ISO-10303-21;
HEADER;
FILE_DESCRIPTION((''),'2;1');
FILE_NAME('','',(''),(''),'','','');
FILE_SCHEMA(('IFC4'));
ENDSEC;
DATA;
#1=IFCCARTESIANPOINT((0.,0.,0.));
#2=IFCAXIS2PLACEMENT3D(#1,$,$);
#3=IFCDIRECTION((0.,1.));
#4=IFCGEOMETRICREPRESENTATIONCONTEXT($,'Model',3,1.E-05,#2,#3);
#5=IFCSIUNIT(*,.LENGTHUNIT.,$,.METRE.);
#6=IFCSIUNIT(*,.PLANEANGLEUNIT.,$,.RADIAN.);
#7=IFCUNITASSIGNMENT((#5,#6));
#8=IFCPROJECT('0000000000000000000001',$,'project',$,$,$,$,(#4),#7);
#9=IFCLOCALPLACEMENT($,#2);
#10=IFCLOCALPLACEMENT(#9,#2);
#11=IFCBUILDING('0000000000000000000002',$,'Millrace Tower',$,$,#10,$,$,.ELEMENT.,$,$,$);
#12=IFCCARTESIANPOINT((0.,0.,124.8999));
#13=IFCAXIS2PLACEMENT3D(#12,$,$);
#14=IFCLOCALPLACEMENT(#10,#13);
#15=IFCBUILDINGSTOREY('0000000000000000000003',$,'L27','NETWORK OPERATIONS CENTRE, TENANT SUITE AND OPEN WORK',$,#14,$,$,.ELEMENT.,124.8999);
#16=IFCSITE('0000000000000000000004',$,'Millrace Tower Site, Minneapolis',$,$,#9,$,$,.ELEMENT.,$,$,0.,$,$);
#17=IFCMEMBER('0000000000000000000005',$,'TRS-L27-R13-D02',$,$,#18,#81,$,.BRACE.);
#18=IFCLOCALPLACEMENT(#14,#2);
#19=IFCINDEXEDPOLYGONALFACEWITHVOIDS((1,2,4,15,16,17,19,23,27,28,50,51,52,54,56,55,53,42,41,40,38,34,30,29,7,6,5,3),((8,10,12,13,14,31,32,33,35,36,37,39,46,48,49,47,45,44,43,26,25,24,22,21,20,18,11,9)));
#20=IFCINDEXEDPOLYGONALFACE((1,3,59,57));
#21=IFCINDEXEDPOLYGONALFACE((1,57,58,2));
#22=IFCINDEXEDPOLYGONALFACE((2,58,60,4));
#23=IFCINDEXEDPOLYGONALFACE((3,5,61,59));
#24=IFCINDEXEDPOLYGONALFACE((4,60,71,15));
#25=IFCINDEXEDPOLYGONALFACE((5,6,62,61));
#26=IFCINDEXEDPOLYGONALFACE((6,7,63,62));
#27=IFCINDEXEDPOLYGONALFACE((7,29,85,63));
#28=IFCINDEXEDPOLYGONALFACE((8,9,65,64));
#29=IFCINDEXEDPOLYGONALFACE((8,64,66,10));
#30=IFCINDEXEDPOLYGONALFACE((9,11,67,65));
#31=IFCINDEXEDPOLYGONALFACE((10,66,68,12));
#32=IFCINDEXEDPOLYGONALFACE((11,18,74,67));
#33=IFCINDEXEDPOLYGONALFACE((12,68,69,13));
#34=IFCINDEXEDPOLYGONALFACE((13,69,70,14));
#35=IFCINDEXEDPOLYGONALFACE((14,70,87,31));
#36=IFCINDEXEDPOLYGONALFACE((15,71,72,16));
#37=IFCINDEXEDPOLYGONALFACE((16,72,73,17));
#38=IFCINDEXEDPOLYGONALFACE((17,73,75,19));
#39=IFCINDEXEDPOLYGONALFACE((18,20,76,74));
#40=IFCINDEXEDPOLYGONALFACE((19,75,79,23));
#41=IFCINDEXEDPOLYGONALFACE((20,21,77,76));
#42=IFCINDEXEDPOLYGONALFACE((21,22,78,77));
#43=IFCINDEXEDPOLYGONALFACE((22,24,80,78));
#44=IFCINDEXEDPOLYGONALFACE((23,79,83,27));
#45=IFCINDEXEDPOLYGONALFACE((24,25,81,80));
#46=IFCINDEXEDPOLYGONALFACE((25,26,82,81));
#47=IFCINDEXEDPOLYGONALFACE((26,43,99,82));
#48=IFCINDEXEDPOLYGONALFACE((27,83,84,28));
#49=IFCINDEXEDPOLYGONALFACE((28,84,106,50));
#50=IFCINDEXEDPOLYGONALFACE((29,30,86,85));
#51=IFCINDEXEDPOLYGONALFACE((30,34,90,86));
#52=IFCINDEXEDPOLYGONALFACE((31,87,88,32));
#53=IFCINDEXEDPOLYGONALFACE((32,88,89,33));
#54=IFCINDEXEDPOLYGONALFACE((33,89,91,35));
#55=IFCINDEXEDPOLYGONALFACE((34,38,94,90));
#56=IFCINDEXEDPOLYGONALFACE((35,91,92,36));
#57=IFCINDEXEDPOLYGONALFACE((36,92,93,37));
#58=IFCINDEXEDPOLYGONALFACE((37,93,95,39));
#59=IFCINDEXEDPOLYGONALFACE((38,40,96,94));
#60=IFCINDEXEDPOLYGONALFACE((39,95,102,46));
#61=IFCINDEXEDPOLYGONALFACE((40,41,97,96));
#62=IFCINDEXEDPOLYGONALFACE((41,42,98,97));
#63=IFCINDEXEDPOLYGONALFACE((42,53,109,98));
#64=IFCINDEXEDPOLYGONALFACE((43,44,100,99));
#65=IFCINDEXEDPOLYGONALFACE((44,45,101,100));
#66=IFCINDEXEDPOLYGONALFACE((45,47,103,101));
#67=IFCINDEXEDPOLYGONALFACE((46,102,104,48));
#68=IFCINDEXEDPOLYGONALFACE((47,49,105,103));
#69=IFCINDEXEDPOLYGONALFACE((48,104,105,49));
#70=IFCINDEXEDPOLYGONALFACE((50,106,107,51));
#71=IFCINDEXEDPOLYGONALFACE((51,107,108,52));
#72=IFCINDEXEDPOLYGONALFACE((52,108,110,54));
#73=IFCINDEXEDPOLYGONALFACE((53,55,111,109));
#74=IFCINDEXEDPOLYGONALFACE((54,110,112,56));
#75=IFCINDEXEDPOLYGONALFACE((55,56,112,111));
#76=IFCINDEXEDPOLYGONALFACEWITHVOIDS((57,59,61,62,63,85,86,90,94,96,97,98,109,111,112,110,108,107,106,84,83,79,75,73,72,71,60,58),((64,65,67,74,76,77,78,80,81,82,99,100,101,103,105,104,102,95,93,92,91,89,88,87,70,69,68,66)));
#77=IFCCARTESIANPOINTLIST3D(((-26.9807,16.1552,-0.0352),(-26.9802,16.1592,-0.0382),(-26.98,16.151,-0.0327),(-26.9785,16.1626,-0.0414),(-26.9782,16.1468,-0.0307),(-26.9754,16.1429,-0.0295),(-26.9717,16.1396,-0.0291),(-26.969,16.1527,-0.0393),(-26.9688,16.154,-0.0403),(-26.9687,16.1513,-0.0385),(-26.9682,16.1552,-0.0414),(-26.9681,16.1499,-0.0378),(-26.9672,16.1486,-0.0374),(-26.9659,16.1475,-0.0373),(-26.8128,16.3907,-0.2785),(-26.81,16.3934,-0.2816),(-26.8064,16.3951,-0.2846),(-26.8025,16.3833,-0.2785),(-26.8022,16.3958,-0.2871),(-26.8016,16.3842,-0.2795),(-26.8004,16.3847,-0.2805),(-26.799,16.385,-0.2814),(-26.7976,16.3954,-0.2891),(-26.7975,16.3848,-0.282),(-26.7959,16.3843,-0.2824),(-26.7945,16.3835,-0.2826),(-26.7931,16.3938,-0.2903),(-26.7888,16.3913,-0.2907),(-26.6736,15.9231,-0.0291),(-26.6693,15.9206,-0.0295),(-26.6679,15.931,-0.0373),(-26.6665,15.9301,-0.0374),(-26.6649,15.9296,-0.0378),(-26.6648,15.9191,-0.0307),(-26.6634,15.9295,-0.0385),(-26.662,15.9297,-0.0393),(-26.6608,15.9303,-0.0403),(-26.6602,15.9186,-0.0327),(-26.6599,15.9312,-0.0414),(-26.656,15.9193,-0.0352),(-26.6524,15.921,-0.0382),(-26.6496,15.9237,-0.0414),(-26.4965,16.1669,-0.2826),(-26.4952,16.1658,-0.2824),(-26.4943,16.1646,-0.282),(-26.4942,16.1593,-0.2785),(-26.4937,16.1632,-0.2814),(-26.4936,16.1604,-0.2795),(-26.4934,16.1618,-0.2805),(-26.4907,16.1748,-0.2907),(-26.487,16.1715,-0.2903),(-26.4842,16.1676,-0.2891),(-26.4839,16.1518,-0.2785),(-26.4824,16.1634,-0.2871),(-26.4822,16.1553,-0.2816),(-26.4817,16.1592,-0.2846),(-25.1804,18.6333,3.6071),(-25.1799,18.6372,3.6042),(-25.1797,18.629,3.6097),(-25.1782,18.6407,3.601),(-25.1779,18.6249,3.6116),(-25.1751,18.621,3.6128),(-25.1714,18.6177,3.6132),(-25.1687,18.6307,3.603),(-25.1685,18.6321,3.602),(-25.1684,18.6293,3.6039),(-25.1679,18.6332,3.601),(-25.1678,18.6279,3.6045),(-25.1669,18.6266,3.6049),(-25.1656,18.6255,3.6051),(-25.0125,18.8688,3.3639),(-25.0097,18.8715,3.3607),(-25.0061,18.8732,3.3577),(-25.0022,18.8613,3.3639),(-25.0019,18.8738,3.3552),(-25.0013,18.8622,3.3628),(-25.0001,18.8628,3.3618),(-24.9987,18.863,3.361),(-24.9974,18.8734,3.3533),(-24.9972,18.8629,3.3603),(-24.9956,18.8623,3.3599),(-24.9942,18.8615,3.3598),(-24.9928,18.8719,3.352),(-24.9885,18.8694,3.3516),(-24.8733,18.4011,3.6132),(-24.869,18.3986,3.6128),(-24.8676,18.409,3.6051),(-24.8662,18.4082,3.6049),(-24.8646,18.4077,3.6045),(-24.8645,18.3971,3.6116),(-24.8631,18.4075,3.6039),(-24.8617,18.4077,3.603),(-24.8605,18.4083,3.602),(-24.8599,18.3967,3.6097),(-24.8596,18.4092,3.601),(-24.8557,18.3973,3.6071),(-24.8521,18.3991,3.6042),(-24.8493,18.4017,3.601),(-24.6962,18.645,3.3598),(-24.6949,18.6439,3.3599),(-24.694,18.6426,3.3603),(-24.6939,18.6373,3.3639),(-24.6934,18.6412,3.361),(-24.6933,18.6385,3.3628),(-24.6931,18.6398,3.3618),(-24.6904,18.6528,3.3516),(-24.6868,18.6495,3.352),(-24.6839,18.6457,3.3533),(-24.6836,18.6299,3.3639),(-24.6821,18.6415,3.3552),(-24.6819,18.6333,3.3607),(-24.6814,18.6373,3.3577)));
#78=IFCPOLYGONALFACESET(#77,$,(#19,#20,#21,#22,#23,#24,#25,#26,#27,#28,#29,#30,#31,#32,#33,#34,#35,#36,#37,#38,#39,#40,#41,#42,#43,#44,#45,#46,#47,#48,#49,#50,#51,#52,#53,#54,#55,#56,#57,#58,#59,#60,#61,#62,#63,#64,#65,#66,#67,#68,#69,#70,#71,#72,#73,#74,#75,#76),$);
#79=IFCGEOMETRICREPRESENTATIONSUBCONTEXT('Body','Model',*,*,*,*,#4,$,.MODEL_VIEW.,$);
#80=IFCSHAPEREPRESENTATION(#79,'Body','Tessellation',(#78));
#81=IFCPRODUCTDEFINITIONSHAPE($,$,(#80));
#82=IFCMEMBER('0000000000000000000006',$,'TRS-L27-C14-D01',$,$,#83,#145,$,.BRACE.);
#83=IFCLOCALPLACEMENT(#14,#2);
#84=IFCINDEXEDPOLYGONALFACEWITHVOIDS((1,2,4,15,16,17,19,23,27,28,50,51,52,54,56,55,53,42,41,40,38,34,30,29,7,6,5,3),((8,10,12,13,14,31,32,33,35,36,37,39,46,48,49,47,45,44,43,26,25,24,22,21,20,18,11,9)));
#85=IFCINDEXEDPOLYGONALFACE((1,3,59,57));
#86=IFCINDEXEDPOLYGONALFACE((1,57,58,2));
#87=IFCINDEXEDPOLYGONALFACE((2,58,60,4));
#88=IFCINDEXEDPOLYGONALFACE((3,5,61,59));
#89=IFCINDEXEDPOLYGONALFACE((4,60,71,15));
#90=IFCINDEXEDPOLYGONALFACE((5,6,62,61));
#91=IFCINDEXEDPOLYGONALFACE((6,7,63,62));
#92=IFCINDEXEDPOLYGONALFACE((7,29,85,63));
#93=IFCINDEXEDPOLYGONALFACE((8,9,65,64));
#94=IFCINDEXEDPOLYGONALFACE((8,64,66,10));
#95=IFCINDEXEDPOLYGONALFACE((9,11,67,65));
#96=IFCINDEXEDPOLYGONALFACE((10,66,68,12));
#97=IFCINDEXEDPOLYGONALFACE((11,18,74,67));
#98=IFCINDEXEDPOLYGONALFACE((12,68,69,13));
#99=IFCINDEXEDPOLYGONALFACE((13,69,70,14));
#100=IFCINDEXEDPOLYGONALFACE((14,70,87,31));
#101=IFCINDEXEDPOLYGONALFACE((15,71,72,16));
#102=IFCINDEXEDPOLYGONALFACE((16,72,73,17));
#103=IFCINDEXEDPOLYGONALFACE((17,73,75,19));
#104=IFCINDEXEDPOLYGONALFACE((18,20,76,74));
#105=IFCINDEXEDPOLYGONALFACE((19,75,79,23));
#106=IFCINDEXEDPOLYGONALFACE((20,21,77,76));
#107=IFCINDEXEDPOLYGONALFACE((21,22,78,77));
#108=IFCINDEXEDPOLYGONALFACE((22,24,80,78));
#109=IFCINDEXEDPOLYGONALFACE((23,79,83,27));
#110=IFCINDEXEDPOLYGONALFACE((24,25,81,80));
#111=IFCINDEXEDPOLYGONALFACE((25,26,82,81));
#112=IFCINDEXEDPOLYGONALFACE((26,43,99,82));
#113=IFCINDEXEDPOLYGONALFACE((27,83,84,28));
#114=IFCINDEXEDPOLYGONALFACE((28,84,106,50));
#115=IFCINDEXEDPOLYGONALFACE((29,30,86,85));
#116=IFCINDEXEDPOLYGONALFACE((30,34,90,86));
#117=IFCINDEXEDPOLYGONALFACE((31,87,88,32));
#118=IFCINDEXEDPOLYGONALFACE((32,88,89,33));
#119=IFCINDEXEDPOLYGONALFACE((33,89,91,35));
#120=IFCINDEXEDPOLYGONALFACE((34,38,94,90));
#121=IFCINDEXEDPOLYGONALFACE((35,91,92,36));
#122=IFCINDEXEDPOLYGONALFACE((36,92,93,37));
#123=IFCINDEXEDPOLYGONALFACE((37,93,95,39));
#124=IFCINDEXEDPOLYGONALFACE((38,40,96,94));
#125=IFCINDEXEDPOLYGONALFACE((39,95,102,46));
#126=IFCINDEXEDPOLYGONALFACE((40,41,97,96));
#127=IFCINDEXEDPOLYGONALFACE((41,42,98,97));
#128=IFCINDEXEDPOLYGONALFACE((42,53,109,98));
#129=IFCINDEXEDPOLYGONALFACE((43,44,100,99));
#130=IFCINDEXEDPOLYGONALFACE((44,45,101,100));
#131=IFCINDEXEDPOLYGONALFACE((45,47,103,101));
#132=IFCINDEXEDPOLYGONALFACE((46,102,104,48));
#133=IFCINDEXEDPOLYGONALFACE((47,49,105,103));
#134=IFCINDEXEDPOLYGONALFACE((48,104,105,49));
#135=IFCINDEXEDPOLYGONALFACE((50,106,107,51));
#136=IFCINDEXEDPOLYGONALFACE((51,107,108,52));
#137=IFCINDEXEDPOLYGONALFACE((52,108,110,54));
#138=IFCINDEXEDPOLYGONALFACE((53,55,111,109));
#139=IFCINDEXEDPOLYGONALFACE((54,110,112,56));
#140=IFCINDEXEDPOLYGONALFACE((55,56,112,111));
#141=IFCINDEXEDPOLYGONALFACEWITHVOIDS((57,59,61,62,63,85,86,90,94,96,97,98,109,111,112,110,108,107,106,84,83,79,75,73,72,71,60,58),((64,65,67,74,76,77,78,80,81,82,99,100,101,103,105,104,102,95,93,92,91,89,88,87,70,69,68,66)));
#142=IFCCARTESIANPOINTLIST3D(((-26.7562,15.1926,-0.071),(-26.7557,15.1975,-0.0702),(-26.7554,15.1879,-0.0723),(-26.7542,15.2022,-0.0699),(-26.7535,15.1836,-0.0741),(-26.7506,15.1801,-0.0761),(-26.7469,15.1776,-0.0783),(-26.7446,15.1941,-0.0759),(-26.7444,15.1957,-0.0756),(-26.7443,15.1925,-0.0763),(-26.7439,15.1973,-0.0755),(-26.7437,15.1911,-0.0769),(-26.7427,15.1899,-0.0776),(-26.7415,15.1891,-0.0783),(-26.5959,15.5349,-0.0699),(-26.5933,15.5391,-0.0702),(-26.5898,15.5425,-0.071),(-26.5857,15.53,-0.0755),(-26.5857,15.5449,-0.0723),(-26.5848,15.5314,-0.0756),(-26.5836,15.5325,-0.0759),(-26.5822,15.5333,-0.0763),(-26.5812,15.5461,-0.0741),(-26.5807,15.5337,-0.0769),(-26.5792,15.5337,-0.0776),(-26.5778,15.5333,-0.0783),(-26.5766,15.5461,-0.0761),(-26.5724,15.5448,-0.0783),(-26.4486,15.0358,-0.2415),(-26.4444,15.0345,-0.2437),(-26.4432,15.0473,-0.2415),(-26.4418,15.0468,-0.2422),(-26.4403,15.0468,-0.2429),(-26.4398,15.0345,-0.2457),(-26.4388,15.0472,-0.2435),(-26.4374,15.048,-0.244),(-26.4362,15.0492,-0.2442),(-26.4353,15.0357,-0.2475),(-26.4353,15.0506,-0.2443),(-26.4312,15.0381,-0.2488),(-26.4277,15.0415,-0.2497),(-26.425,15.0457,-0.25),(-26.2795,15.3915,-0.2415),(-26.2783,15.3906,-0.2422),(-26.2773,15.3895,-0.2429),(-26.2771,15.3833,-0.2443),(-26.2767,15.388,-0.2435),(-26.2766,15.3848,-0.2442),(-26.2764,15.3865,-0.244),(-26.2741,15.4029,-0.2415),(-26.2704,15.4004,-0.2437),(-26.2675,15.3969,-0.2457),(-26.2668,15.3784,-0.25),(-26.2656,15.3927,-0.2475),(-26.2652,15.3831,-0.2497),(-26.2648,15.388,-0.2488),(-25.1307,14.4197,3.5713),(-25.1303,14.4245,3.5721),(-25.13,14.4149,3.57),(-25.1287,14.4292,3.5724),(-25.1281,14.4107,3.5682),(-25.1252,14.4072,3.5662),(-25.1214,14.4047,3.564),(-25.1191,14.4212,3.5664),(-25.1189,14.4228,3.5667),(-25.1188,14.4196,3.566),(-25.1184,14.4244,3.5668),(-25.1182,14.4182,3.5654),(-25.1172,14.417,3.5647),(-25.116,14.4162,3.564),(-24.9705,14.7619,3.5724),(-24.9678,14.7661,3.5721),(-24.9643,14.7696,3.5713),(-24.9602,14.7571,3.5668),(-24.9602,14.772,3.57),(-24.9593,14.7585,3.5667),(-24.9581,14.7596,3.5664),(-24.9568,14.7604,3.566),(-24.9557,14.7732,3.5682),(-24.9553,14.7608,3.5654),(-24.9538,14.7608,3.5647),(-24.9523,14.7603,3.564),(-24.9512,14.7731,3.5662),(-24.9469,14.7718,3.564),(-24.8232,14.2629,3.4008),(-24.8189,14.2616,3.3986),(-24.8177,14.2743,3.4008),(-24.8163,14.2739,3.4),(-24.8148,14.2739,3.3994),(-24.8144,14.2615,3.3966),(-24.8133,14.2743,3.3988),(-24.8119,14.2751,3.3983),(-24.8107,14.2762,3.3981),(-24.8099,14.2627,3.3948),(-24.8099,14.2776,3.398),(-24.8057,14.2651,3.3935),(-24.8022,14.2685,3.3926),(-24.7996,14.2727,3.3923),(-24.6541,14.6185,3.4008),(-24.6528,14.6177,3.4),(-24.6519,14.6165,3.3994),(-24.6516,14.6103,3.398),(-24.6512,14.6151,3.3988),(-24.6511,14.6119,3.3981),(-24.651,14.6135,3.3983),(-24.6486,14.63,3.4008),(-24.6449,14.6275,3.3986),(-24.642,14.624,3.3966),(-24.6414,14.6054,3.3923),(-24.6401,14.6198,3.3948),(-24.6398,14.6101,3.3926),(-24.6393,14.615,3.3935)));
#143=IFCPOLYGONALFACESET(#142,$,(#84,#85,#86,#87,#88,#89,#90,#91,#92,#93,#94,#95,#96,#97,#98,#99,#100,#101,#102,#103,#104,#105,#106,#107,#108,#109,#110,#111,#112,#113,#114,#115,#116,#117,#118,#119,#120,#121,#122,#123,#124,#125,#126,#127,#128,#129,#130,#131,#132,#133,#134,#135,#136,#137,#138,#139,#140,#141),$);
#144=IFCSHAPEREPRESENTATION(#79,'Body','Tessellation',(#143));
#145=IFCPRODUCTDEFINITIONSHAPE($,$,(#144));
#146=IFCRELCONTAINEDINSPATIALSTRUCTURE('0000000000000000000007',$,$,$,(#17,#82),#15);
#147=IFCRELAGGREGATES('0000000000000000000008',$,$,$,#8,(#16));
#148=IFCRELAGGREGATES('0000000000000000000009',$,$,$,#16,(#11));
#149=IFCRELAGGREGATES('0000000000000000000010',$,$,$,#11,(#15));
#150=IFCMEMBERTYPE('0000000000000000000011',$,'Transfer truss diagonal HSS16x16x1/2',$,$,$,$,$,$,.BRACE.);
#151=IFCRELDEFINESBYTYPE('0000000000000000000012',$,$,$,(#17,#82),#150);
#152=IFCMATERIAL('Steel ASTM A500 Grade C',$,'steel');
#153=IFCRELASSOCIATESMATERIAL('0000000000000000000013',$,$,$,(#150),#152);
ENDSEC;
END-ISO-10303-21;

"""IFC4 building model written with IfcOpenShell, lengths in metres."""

from ifc_helpers import new_model, si_unit, direction, frame, origin, origin_2d, place, context, subcontext, project, spatial, hollow_rectangle, extrude, material, material_profile, profile_set, type_object, element, save


model = new_model("IFC4")

# Units and contexts
model_context = context("Model", 3, precision=1e-05, world=origin(), true_north=direction((0.0, 1.0)))
body_context = subcontext(model_context, "Body", "Model", "MODEL_VIEW")
ifc_project = project(units=[si_unit("LENGTHUNIT", "METRE"), si_unit("PLANEANGLEUNIT", "RADIAN")], contexts=[model_context])

# Site, building, storey
site_placement = place(None, origin())
site = spatial("IfcSite", under=ifc_project, at=site_placement, Name="Millrace Tower Site, Minneapolis", CompositionType="ELEMENT", RefElevation=0.0)
building_placement = place(site_placement, origin())
building = spatial("IfcBuilding", under=site, at=building_placement, Name="Millrace Tower", CompositionType="ELEMENT")
storey_placement = place(building_placement, frame((0.0, 0.0, 124.8999)))
storey = spatial("IfcBuildingStorey", under=building, at=storey_placement, Name="L27", Description="NETWORK OPERATIONS CENTRE, TENANT SUITE AND OPEN WORK", CompositionType="ELEMENT", Elevation=124.8999)

# Members
ifc_material_1 = material(Name="Steel ASTM A500 Grade C", Category="steel")
ifc_material_profile_1 = material_profile(ifc_material_1, hollow_rectangle(XDim=0.4065, YDim=0.4065, WallThickness=0.0127, InnerFilletRadius=0.0063, OuterFilletRadius=0.019, at=origin_2d()))
ifc_profile_set_1 = profile_set([ifc_material_profile_1], Name="Steel ASTM A500 Grade C")
member_type_1 = type_object("IfcMemberType", Name="Transfer truss diagonal HSS16x16x1/2", PredefinedType="BRACE", material=ifc_profile_set_1)
member_1_placement = place(storey_placement, frame((-26.7312, 16.1572, -0.1599), z_axis=(0.378291, 0.520701, 0.765354), x_axis=(-0.809032, 0.587764, 0.0)))
element("IfcMember", 1, at=member_1_placement, inside=storey, type_object=member_type_1, Name="TRS-L27-R13-D02", PredefinedType="BRACE", context=body_context, shape_type="SweptSolid", body=[
    extrude(hollow_rectangle(XDim=0.4065, YDim=0.4065, WallThickness=0.0127, InnerFilletRadius=0.0063, OuterFilletRadius=0.019, at=origin_2d()), origin(), (0.0, 0.0, 1.0), 4.759),
])
member_2_placement = place(storey_placement, frame((-26.5105, 15.2903, -0.1599), z_axis=(0.400092, -0.190251, 0.896511), x_axis=(0.429439, 0.903096, 0.0)))
element("IfcMember", 2, at=member_2_placement, inside=storey, type_object=member_type_1, Name="TRS-L27-C14-D01", PredefinedType="BRACE", context=body_context, shape_type="SweptSolid", body=[
    extrude(hollow_rectangle(XDim=0.4065, YDim=0.4065, WallThickness=0.0127, InnerFilletRadius=0.0063, OuterFilletRadius=0.019, at=origin_2d()), origin(), (0.0, 0.0, 1.0), 4.0627),
])

save(model, "model.ifc")
